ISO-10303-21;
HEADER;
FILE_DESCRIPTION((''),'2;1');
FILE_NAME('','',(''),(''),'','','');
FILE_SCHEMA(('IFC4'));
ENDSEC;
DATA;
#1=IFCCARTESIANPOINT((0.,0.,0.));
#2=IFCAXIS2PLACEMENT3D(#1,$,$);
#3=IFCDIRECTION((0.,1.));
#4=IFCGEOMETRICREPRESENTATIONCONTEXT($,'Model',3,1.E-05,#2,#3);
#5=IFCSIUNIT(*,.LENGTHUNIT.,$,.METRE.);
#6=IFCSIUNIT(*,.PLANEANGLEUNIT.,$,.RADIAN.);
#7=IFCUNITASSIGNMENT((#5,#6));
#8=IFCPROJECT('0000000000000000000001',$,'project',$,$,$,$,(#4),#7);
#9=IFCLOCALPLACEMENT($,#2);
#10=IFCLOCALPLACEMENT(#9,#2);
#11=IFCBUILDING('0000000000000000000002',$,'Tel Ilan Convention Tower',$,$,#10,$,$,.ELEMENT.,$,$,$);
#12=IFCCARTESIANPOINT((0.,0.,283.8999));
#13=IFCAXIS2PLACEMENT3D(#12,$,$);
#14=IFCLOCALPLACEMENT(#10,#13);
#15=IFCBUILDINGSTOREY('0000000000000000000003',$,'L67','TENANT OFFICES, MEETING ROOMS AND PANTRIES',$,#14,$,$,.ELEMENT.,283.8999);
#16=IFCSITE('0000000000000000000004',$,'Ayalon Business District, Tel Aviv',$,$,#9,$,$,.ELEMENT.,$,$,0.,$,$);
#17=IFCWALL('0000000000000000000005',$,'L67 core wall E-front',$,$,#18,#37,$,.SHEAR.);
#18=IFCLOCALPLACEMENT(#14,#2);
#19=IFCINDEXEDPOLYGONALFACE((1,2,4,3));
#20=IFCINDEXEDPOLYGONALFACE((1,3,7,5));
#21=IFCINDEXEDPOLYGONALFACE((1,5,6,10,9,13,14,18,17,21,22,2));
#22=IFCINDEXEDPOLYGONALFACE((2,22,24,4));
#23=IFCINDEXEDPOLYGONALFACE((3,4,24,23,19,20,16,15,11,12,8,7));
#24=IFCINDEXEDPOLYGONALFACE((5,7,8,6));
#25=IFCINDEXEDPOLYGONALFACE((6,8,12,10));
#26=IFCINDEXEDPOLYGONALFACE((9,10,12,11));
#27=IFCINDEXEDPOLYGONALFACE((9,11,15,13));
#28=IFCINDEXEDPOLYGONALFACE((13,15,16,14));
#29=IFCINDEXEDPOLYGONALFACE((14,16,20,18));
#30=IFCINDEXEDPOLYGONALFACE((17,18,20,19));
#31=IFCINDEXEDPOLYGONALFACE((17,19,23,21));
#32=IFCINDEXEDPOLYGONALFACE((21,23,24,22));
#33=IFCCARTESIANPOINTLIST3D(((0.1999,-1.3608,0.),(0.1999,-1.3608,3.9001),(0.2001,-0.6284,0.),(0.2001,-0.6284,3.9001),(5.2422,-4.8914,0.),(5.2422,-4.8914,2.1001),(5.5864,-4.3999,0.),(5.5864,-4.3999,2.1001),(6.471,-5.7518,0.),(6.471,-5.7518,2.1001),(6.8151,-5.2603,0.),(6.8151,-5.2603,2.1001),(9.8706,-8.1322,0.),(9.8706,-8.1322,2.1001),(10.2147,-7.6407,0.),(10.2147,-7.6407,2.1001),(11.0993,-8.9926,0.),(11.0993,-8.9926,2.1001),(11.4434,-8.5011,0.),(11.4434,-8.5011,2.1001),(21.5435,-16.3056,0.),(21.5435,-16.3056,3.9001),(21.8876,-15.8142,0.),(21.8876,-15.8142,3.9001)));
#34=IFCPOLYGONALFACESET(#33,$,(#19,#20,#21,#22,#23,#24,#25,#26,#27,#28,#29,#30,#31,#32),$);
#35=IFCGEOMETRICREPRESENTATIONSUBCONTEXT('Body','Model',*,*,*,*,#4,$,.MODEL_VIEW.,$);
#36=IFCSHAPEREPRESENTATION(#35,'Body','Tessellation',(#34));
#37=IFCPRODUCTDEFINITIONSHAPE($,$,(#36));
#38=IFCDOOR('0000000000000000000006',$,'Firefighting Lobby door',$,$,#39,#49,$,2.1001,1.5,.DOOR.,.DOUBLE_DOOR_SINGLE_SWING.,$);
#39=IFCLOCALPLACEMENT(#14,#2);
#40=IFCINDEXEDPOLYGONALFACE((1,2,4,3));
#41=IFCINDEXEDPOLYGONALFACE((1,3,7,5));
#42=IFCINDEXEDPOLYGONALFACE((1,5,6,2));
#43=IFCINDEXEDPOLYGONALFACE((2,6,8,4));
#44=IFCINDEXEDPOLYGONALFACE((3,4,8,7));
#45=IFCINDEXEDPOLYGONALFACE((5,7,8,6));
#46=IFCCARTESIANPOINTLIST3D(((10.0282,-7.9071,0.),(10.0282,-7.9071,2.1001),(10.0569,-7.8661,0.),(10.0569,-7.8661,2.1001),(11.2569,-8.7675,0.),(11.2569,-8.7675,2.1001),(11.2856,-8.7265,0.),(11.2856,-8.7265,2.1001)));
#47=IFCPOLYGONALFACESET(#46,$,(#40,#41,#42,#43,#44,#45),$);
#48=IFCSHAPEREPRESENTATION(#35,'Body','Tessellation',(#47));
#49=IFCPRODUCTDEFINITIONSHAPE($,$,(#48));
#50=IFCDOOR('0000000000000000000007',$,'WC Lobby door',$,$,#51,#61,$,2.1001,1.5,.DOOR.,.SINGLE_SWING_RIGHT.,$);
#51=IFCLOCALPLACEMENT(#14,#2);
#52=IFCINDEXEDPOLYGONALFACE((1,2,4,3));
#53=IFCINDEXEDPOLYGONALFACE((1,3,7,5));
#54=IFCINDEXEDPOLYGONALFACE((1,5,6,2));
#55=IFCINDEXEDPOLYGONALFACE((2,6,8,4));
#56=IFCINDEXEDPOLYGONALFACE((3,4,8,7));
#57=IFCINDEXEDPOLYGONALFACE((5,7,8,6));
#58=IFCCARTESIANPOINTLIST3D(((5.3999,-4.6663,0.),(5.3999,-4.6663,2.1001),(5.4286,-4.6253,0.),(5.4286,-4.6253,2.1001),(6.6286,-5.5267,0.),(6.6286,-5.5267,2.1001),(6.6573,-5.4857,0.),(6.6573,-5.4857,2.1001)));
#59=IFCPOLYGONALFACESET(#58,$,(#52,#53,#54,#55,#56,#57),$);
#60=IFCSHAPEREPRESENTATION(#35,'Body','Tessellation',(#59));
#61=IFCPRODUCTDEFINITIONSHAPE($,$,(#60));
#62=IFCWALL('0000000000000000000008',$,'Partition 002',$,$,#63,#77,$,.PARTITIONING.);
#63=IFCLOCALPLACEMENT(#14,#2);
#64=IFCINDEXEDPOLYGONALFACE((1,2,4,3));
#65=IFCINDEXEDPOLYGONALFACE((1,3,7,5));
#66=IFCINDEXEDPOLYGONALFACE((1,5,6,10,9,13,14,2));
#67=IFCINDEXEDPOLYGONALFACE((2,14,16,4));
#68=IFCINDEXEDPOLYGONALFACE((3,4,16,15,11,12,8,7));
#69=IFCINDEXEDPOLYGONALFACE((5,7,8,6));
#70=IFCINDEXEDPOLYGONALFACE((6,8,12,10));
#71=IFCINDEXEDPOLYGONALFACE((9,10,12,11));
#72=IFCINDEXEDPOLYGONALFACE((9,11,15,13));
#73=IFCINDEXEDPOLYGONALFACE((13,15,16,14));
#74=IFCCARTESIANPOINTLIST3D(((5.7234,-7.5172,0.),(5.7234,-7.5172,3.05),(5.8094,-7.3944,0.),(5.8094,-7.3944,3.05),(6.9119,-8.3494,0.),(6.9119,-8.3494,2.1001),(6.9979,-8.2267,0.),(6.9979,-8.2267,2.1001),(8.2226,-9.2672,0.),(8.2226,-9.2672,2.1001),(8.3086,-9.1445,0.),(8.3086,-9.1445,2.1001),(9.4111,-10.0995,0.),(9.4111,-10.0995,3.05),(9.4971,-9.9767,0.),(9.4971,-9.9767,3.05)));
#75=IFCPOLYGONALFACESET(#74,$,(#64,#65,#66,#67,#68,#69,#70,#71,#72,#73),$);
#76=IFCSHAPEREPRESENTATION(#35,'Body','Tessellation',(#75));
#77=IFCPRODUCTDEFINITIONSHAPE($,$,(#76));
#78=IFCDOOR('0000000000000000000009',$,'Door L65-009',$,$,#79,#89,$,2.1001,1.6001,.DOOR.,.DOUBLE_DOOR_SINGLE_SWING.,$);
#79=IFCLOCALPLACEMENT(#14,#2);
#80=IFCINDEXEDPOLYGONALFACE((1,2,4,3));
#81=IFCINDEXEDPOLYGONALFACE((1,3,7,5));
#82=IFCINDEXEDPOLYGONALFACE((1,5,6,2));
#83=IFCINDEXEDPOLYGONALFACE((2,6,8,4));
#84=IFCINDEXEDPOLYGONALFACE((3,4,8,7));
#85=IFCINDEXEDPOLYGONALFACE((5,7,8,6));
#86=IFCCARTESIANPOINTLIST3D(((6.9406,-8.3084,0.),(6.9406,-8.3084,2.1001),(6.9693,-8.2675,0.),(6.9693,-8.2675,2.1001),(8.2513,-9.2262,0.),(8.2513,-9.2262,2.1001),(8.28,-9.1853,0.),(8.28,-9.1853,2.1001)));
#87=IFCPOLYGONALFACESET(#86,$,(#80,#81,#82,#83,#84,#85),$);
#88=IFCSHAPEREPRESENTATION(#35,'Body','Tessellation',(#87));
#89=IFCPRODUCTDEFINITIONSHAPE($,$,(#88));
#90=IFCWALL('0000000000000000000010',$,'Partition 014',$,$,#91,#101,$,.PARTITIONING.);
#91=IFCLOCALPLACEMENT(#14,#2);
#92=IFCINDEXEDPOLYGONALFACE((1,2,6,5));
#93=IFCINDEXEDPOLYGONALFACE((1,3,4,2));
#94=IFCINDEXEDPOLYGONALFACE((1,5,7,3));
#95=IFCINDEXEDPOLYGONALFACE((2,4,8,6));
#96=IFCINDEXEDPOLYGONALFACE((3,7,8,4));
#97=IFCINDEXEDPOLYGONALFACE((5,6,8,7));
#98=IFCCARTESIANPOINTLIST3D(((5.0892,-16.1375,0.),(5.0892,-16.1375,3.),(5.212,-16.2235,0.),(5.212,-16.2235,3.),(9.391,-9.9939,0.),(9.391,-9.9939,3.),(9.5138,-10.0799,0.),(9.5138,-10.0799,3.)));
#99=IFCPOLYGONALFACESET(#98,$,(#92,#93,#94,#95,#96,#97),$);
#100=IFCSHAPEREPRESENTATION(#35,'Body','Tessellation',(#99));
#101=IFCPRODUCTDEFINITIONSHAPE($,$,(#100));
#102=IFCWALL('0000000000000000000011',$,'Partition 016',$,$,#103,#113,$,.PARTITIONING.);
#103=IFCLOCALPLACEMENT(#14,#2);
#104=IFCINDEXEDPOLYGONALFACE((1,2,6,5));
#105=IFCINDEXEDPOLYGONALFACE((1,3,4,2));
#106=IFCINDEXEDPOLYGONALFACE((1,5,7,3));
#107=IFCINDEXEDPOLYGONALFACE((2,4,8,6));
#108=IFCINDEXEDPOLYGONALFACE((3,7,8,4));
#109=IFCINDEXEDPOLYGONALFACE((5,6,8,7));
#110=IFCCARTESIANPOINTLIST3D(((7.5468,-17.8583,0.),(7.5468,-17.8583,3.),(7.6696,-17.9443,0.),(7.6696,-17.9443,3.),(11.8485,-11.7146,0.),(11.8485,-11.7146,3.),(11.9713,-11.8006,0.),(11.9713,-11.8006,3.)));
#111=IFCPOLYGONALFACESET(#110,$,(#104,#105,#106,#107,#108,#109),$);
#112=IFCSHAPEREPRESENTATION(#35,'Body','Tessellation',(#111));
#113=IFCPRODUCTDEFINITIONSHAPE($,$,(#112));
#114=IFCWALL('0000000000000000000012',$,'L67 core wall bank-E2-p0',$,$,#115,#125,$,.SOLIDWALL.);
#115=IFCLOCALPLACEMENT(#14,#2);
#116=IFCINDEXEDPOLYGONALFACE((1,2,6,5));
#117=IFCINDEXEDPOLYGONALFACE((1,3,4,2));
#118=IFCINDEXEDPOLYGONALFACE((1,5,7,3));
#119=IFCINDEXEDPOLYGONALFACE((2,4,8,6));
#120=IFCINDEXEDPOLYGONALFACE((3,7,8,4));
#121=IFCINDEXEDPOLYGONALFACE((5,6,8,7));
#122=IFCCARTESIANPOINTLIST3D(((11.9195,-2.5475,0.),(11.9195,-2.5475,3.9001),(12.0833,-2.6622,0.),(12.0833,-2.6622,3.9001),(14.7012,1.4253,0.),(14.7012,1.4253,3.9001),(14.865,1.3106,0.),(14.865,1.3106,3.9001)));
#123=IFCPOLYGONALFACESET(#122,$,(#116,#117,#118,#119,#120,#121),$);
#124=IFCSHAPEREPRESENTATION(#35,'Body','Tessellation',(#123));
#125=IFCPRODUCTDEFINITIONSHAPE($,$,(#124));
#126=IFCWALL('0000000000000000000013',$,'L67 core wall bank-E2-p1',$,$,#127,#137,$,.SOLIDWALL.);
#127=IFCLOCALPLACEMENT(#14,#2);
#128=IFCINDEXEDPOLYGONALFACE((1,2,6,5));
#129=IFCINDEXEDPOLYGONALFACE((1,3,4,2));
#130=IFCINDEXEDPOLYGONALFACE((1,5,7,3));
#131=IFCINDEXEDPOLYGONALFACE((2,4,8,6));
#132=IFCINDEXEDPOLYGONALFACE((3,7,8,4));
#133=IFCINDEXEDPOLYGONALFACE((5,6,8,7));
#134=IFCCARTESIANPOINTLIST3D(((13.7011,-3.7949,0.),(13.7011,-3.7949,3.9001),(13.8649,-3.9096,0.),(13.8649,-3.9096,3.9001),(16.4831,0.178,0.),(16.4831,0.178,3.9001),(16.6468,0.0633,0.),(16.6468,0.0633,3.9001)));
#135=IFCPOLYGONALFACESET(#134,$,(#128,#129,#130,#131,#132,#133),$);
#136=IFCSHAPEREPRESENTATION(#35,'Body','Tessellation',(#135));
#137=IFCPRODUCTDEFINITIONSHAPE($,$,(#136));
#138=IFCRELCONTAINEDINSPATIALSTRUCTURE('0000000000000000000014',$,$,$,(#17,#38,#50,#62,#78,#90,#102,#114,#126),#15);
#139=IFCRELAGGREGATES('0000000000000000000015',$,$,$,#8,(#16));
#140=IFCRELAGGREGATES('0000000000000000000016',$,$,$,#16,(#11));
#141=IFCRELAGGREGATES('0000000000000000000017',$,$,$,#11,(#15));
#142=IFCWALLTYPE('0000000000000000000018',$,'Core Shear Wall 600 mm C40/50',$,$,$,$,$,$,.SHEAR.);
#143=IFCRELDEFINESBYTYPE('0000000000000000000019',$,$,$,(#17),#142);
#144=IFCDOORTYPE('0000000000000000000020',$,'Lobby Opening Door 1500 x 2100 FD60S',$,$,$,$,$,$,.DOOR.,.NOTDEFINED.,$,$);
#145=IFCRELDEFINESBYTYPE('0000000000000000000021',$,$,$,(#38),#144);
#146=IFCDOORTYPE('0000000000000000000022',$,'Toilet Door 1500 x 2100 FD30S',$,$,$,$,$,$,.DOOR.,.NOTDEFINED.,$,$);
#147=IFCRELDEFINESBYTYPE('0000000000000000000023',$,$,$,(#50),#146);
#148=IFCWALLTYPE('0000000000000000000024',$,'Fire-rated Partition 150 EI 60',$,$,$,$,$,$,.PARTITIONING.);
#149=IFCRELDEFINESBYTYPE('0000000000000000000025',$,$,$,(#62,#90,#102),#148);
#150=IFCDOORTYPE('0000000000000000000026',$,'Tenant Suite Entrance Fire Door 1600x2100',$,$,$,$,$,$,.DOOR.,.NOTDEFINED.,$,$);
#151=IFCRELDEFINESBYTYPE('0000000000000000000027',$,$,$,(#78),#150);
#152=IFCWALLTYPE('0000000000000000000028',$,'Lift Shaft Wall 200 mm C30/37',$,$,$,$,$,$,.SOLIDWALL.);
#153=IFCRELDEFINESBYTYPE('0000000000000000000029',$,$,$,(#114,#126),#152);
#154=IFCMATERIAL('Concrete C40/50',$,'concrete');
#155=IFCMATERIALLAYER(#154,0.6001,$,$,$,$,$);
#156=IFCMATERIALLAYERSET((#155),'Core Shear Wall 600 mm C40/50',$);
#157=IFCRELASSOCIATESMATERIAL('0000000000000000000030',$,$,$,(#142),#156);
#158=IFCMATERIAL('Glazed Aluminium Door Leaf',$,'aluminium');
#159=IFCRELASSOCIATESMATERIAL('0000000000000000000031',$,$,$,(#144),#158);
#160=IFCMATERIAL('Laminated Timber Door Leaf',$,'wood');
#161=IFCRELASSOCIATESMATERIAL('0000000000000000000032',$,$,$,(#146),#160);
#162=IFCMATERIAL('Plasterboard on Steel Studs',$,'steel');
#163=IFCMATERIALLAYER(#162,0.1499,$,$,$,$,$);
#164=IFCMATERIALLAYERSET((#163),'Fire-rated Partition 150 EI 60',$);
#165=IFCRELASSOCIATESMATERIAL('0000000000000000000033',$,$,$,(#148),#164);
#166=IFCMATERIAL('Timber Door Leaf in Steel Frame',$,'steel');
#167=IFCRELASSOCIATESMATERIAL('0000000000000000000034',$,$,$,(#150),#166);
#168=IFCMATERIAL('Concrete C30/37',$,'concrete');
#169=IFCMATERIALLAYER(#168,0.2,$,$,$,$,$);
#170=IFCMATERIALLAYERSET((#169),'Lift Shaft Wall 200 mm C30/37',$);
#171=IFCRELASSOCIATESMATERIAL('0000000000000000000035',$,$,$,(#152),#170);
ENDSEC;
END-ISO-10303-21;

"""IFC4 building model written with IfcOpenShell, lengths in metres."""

from ifc_helpers import new_model, si_unit, direction, frame, frame_2d, origin, place, context, subcontext, project, spatial, polyline, rectangle, outline, extrude, material, layer, layer_set, type_object, element, fill, save


model = new_model("IFC4")

# Units and contexts
model_context = context("Model", 3, precision=1e-05, world=origin(), true_north=direction((0.0, 1.0)))
body_context = subcontext(model_context, "Body", "Model", "MODEL_VIEW")
ifc_project = project(units=[si_unit("LENGTHUNIT", "METRE"), si_unit("PLANEANGLEUNIT", "RADIAN")], contexts=[model_context])

# Site, building, storey
site_placement = place(None, origin())
site = spatial("IfcSite", under=ifc_project, at=site_placement, Name="Ayalon Business District, Tel Aviv", CompositionType="ELEMENT", RefElevation=0.0)
building_placement = place(site_placement, origin())
building = spatial("IfcBuilding", under=site, at=building_placement, Name="Tel Ilan Convention Tower", CompositionType="ELEMENT")
storey_placement = place(building_placement, frame((0.0, 0.0, 283.8999)))
storey = spatial("IfcBuildingStorey", under=building, at=storey_placement, Name="L67", Description="TENANT OFFICES, MEETING ROOMS AND PANTRIES", CompositionType="ELEMENT", Elevation=283.8999)

# Wall, openings, doors
ifc_material_1 = material(Name="Concrete C40/50", Category="concrete")
ifc_layer_1 = layer(ifc_material_1, 0.6001)
ifc_layer_set_1 = layer_set([ifc_layer_1], Name="Core Shear Wall 600 mm C40/50")
wall_type_1 = type_object("IfcWallType", Name="Core Shear Wall 600 mm C40/50", PredefinedType="SHEAR", material=ifc_layer_set_1)
wall_1_placement = place(storey_placement, frame((0.0278, -0.874, 0.0), z_axis=(0.0, 0.0, 1.0), x_axis=(0.81915, -0.573579, 0.0)))
wall_1 = element("IfcWall", 1, at=wall_1_placement, inside=storey, type_object=wall_type_1, Name="L67 core wall E-front", PredefinedType="SHEAR", context=body_context, shape_type="SweptSolid", body=[
    extrude(outline(polyline([(26.4758, 0.3), (0.0002, 0.3), (0.4202, -0.3), (26.4758, -0.2998), (26.4758, 0.3)])), origin(), (0.0, 0.0, 1.0), 3.9001),
])
opening_1_placement = place(wall_1_placement, frame((6.5757, 0.0, 0.0)))
opening_1 = element("IfcOpeningElement", 2, at=opening_1_placement, cuts=wall_1, PredefinedType="OPENING", context=body_context, shape_type="SweptSolid", body=[
    extrude(rectangle(XDim=1.5, YDim=2.1001, at=frame_2d((0.75, 1.05))), frame((0.0, 0.3101, 0.0), z_axis=(0.0, -1.0, 0.0), x_axis=(1.0, 0.0, 0.0)), (0.0, 0.0, 1.0), 0.6201),
])
opening_2_placement = place(wall_1_placement, frame((12.2258, 0.0, 0.0)))
opening_2 = element("IfcOpeningElement", 3, at=opening_2_placement, cuts=wall_1, PredefinedType="OPENING", context=body_context, shape_type="SweptSolid", body=[
    extrude(rectangle(XDim=1.5, YDim=2.1001, at=frame_2d((0.75, 1.05))), frame((0.0, 0.3101, 0.0), z_axis=(0.0, -1.0, 0.0), x_axis=(1.0, 0.0, 0.0)), (0.0, 0.0, 1.0), 0.6201),
])
ifc_material_2 = material(Name="Glazed Aluminium Door Leaf", Category="aluminium")
door_type_1 = type_object("IfcDoorType", Name="Lobby Opening Door 1500 x 2100 FD60S", OperationType="NOTDEFINED", PredefinedType="DOOR", material=ifc_material_2)
door_1_placement = place(opening_2_placement, origin())
door_1 = element("IfcDoor", 4, at=door_1_placement, inside=storey, type_object=door_type_1, Name="Firefighting Lobby door", OperationType="DOUBLE_DOOR_SINGLE_SWING", OverallHeight=2.1001, OverallWidth=1.5, PredefinedType="DOOR", context=body_context, shape_type="SweptSolid", body=[
    extrude(rectangle(XDim=1.5, YDim=2.1001, at=frame_2d((0.75, 1.05))), frame((0.0, 0.0249, 0.0), z_axis=(0.0, -1.0, 0.0), x_axis=(1.0, 0.0, 0.0)), (0.0, 0.0, 1.0), 0.05),
])
fill(opening_2, door_1)
ifc_material_3 = material(Name="Laminated Timber Door Leaf", Category="wood")
door_type_2 = type_object("IfcDoorType", Name="Toilet Door 1500 x 2100 FD30S", OperationType="NOTDEFINED", PredefinedType="DOOR", material=ifc_material_3)
door_2_placement = place(opening_1_placement, origin())
door_2 = element("IfcDoor", 5, at=door_2_placement, inside=storey, type_object=door_type_2, Name="WC Lobby door", OperationType="SINGLE_SWING_RIGHT", OverallHeight=2.1001, OverallWidth=1.5, PredefinedType="DOOR", context=body_context, shape_type="SweptSolid", body=[
    extrude(rectangle(XDim=1.5, YDim=2.1001, at=frame_2d((0.75, 1.05))), frame((0.0, 0.0249, 0.0), z_axis=(0.0, -1.0, 0.0), x_axis=(1.0, 0.0, 0.0)), (0.0, 0.0, 1.0), 0.05),
])
fill(opening_1, door_2)

# Wall, opening, door
ifc_material_4 = material(Name="Plasterboard on Steel Studs", Category="steel")
ifc_layer_2 = layer(ifc_material_4, 0.1499)
ifc_layer_set_2 = layer_set([ifc_layer_2], Name="Fire-rated Partition 150 EI 60")
wall_type_2 = type_object("IfcWallType", Name="Fire-rated Partition 150 EI 60", PredefinedType="PARTITIONING", material=ifc_layer_set_2)
wall_2_placement = place(storey_placement, frame((9.4541, -10.0381, 0.0), z_axis=(0.0, 0.0, 1.0), x_axis=(-0.819143, 0.57359, 0.0)))
wall_2 = element("IfcWall", 6, at=wall_2_placement, inside=storey, type_object=wall_type_2, Name="Partition 002", PredefinedType="PARTITIONING", context=body_context, shape_type="SweptSolid", body=[
    extrude(rectangle(XDim=4.502, YDim=0.1499, at=frame_2d((2.251, 0.0))), origin(), (0.0, 0.0, 1.0), 3.05),
])
opening_3_placement = place(wall_2_placement, frame((1.4509, 0.0, 0.0)))
opening_3 = element("IfcOpeningElement", 7, at=opening_3_placement, cuts=wall_2, PredefinedType="OPENING", context=body_context, shape_type="SweptSolid", body=[
    extrude(rectangle(XDim=1.6001, YDim=2.1001, at=frame_2d((0.8, 1.05))), frame((0.0, 0.085, 0.0), z_axis=(0.0, -1.0, 0.0), x_axis=(1.0, 0.0, 0.0)), (0.0, 0.0, 1.0), 0.1699),
])
ifc_material_5 = material(Name="Timber Door Leaf in Steel Frame", Category="steel")
door_type_3 = type_object("IfcDoorType", Name="Tenant Suite Entrance Fire Door 1600x2100", OperationType="NOTDEFINED", PredefinedType="DOOR", material=ifc_material_5)
door_3_placement = place(opening_3_placement, origin())
door_3 = element("IfcDoor", 8, at=door_3_placement, inside=storey, type_object=door_type_3, Name="Door L65-009", OperationType="DOUBLE_DOOR_SINGLE_SWING", OverallHeight=2.1001, OverallWidth=1.6001, PredefinedType="DOOR", context=body_context, shape_type="SweptSolid", body=[
    extrude(rectangle(XDim=1.6001, YDim=2.1001, at=frame_2d((0.8, 1.05))), frame((0.0, 0.0249, 0.0), z_axis=(0.0, -1.0, 0.0), x_axis=(1.0, 0.0, 0.0)), (0.0, 0.0, 1.0), 0.05),
])
fill(opening_3, door_3)

# Walls
for number, where, z_axis, x_axis, name in (
    (9, (9.4524, -10.0369, 0.0), (0.0, 0.0, 1.0), (-0.573576, -0.819152, 0.0), "Partition 014"),
    (10, (11.9099, -11.7576, 0.0), (0.0, 0.0, 1.0), (-0.573561, -0.819163, 0.0), "Partition 016"),
):
    element("IfcWall", number, at=place(storey_placement, frame(where, z_axis=z_axis, x_axis=x_axis)), inside=storey, type_object=wall_type_2, Name=name, PredefinedType="PARTITIONING", context=body_context, shape_type="SweptSolid", body=[
        extrude(rectangle(XDim=7.5, YDim=0.1499, at=frame_2d((3.75, 0.0))), origin(), (0.0, 0.0, 1.0), 3.0),
    ])
ifc_material_6 = material(Name="Concrete C30/37", Category="concrete")
ifc_layer_3 = layer(ifc_material_6, 0.2)
ifc_layer_set_3 = layer_set([ifc_layer_3], Name="Lift Shaft Wall 200 mm C30/37")
wall_type_3 = type_object("IfcWallType", Name="Lift Shaft Wall 200 mm C30/37", PredefinedType="SOLIDWALL", material=ifc_layer_set_3)
wall_3_placement = place(storey_placement, frame((12.0015, -2.6047, 0.0), z_axis=(0.0, 0.0, 1.0), x_axis=(0.57356, 0.819163, 0.0)))
element("IfcWall", 11, at=wall_3_placement, inside=storey, type_object=wall_type_3, Name="L67 core wall bank-E2-p0", PredefinedType="SOLIDWALL", context=body_context, shape_type="SweptSolid", body=[
    extrude(rectangle(XDim=4.8499, YDim=0.2, at=frame_2d((2.4248, 0.0))), origin(), (0.0, 0.0, 1.0), 3.9001),
])
wall_4_placement = place(storey_placement, frame((13.783, -3.8523, 0.0), z_axis=(0.0, 0.0, 1.0), x_axis=(0.573594, 0.81914, 0.0)))
element("IfcWall", 12, at=wall_4_placement, inside=storey, type_object=wall_type_3, Name="L67 core wall bank-E2-p1", PredefinedType="SOLIDWALL", context=body_context, shape_type="SweptSolid", body=[
    extrude(rectangle(XDim=4.8501, YDim=0.2, at=frame_2d((2.425, 0.0))), origin(), (0.0, 0.0, 1.0), 3.9001),
])

save(model, "model.ifc")
